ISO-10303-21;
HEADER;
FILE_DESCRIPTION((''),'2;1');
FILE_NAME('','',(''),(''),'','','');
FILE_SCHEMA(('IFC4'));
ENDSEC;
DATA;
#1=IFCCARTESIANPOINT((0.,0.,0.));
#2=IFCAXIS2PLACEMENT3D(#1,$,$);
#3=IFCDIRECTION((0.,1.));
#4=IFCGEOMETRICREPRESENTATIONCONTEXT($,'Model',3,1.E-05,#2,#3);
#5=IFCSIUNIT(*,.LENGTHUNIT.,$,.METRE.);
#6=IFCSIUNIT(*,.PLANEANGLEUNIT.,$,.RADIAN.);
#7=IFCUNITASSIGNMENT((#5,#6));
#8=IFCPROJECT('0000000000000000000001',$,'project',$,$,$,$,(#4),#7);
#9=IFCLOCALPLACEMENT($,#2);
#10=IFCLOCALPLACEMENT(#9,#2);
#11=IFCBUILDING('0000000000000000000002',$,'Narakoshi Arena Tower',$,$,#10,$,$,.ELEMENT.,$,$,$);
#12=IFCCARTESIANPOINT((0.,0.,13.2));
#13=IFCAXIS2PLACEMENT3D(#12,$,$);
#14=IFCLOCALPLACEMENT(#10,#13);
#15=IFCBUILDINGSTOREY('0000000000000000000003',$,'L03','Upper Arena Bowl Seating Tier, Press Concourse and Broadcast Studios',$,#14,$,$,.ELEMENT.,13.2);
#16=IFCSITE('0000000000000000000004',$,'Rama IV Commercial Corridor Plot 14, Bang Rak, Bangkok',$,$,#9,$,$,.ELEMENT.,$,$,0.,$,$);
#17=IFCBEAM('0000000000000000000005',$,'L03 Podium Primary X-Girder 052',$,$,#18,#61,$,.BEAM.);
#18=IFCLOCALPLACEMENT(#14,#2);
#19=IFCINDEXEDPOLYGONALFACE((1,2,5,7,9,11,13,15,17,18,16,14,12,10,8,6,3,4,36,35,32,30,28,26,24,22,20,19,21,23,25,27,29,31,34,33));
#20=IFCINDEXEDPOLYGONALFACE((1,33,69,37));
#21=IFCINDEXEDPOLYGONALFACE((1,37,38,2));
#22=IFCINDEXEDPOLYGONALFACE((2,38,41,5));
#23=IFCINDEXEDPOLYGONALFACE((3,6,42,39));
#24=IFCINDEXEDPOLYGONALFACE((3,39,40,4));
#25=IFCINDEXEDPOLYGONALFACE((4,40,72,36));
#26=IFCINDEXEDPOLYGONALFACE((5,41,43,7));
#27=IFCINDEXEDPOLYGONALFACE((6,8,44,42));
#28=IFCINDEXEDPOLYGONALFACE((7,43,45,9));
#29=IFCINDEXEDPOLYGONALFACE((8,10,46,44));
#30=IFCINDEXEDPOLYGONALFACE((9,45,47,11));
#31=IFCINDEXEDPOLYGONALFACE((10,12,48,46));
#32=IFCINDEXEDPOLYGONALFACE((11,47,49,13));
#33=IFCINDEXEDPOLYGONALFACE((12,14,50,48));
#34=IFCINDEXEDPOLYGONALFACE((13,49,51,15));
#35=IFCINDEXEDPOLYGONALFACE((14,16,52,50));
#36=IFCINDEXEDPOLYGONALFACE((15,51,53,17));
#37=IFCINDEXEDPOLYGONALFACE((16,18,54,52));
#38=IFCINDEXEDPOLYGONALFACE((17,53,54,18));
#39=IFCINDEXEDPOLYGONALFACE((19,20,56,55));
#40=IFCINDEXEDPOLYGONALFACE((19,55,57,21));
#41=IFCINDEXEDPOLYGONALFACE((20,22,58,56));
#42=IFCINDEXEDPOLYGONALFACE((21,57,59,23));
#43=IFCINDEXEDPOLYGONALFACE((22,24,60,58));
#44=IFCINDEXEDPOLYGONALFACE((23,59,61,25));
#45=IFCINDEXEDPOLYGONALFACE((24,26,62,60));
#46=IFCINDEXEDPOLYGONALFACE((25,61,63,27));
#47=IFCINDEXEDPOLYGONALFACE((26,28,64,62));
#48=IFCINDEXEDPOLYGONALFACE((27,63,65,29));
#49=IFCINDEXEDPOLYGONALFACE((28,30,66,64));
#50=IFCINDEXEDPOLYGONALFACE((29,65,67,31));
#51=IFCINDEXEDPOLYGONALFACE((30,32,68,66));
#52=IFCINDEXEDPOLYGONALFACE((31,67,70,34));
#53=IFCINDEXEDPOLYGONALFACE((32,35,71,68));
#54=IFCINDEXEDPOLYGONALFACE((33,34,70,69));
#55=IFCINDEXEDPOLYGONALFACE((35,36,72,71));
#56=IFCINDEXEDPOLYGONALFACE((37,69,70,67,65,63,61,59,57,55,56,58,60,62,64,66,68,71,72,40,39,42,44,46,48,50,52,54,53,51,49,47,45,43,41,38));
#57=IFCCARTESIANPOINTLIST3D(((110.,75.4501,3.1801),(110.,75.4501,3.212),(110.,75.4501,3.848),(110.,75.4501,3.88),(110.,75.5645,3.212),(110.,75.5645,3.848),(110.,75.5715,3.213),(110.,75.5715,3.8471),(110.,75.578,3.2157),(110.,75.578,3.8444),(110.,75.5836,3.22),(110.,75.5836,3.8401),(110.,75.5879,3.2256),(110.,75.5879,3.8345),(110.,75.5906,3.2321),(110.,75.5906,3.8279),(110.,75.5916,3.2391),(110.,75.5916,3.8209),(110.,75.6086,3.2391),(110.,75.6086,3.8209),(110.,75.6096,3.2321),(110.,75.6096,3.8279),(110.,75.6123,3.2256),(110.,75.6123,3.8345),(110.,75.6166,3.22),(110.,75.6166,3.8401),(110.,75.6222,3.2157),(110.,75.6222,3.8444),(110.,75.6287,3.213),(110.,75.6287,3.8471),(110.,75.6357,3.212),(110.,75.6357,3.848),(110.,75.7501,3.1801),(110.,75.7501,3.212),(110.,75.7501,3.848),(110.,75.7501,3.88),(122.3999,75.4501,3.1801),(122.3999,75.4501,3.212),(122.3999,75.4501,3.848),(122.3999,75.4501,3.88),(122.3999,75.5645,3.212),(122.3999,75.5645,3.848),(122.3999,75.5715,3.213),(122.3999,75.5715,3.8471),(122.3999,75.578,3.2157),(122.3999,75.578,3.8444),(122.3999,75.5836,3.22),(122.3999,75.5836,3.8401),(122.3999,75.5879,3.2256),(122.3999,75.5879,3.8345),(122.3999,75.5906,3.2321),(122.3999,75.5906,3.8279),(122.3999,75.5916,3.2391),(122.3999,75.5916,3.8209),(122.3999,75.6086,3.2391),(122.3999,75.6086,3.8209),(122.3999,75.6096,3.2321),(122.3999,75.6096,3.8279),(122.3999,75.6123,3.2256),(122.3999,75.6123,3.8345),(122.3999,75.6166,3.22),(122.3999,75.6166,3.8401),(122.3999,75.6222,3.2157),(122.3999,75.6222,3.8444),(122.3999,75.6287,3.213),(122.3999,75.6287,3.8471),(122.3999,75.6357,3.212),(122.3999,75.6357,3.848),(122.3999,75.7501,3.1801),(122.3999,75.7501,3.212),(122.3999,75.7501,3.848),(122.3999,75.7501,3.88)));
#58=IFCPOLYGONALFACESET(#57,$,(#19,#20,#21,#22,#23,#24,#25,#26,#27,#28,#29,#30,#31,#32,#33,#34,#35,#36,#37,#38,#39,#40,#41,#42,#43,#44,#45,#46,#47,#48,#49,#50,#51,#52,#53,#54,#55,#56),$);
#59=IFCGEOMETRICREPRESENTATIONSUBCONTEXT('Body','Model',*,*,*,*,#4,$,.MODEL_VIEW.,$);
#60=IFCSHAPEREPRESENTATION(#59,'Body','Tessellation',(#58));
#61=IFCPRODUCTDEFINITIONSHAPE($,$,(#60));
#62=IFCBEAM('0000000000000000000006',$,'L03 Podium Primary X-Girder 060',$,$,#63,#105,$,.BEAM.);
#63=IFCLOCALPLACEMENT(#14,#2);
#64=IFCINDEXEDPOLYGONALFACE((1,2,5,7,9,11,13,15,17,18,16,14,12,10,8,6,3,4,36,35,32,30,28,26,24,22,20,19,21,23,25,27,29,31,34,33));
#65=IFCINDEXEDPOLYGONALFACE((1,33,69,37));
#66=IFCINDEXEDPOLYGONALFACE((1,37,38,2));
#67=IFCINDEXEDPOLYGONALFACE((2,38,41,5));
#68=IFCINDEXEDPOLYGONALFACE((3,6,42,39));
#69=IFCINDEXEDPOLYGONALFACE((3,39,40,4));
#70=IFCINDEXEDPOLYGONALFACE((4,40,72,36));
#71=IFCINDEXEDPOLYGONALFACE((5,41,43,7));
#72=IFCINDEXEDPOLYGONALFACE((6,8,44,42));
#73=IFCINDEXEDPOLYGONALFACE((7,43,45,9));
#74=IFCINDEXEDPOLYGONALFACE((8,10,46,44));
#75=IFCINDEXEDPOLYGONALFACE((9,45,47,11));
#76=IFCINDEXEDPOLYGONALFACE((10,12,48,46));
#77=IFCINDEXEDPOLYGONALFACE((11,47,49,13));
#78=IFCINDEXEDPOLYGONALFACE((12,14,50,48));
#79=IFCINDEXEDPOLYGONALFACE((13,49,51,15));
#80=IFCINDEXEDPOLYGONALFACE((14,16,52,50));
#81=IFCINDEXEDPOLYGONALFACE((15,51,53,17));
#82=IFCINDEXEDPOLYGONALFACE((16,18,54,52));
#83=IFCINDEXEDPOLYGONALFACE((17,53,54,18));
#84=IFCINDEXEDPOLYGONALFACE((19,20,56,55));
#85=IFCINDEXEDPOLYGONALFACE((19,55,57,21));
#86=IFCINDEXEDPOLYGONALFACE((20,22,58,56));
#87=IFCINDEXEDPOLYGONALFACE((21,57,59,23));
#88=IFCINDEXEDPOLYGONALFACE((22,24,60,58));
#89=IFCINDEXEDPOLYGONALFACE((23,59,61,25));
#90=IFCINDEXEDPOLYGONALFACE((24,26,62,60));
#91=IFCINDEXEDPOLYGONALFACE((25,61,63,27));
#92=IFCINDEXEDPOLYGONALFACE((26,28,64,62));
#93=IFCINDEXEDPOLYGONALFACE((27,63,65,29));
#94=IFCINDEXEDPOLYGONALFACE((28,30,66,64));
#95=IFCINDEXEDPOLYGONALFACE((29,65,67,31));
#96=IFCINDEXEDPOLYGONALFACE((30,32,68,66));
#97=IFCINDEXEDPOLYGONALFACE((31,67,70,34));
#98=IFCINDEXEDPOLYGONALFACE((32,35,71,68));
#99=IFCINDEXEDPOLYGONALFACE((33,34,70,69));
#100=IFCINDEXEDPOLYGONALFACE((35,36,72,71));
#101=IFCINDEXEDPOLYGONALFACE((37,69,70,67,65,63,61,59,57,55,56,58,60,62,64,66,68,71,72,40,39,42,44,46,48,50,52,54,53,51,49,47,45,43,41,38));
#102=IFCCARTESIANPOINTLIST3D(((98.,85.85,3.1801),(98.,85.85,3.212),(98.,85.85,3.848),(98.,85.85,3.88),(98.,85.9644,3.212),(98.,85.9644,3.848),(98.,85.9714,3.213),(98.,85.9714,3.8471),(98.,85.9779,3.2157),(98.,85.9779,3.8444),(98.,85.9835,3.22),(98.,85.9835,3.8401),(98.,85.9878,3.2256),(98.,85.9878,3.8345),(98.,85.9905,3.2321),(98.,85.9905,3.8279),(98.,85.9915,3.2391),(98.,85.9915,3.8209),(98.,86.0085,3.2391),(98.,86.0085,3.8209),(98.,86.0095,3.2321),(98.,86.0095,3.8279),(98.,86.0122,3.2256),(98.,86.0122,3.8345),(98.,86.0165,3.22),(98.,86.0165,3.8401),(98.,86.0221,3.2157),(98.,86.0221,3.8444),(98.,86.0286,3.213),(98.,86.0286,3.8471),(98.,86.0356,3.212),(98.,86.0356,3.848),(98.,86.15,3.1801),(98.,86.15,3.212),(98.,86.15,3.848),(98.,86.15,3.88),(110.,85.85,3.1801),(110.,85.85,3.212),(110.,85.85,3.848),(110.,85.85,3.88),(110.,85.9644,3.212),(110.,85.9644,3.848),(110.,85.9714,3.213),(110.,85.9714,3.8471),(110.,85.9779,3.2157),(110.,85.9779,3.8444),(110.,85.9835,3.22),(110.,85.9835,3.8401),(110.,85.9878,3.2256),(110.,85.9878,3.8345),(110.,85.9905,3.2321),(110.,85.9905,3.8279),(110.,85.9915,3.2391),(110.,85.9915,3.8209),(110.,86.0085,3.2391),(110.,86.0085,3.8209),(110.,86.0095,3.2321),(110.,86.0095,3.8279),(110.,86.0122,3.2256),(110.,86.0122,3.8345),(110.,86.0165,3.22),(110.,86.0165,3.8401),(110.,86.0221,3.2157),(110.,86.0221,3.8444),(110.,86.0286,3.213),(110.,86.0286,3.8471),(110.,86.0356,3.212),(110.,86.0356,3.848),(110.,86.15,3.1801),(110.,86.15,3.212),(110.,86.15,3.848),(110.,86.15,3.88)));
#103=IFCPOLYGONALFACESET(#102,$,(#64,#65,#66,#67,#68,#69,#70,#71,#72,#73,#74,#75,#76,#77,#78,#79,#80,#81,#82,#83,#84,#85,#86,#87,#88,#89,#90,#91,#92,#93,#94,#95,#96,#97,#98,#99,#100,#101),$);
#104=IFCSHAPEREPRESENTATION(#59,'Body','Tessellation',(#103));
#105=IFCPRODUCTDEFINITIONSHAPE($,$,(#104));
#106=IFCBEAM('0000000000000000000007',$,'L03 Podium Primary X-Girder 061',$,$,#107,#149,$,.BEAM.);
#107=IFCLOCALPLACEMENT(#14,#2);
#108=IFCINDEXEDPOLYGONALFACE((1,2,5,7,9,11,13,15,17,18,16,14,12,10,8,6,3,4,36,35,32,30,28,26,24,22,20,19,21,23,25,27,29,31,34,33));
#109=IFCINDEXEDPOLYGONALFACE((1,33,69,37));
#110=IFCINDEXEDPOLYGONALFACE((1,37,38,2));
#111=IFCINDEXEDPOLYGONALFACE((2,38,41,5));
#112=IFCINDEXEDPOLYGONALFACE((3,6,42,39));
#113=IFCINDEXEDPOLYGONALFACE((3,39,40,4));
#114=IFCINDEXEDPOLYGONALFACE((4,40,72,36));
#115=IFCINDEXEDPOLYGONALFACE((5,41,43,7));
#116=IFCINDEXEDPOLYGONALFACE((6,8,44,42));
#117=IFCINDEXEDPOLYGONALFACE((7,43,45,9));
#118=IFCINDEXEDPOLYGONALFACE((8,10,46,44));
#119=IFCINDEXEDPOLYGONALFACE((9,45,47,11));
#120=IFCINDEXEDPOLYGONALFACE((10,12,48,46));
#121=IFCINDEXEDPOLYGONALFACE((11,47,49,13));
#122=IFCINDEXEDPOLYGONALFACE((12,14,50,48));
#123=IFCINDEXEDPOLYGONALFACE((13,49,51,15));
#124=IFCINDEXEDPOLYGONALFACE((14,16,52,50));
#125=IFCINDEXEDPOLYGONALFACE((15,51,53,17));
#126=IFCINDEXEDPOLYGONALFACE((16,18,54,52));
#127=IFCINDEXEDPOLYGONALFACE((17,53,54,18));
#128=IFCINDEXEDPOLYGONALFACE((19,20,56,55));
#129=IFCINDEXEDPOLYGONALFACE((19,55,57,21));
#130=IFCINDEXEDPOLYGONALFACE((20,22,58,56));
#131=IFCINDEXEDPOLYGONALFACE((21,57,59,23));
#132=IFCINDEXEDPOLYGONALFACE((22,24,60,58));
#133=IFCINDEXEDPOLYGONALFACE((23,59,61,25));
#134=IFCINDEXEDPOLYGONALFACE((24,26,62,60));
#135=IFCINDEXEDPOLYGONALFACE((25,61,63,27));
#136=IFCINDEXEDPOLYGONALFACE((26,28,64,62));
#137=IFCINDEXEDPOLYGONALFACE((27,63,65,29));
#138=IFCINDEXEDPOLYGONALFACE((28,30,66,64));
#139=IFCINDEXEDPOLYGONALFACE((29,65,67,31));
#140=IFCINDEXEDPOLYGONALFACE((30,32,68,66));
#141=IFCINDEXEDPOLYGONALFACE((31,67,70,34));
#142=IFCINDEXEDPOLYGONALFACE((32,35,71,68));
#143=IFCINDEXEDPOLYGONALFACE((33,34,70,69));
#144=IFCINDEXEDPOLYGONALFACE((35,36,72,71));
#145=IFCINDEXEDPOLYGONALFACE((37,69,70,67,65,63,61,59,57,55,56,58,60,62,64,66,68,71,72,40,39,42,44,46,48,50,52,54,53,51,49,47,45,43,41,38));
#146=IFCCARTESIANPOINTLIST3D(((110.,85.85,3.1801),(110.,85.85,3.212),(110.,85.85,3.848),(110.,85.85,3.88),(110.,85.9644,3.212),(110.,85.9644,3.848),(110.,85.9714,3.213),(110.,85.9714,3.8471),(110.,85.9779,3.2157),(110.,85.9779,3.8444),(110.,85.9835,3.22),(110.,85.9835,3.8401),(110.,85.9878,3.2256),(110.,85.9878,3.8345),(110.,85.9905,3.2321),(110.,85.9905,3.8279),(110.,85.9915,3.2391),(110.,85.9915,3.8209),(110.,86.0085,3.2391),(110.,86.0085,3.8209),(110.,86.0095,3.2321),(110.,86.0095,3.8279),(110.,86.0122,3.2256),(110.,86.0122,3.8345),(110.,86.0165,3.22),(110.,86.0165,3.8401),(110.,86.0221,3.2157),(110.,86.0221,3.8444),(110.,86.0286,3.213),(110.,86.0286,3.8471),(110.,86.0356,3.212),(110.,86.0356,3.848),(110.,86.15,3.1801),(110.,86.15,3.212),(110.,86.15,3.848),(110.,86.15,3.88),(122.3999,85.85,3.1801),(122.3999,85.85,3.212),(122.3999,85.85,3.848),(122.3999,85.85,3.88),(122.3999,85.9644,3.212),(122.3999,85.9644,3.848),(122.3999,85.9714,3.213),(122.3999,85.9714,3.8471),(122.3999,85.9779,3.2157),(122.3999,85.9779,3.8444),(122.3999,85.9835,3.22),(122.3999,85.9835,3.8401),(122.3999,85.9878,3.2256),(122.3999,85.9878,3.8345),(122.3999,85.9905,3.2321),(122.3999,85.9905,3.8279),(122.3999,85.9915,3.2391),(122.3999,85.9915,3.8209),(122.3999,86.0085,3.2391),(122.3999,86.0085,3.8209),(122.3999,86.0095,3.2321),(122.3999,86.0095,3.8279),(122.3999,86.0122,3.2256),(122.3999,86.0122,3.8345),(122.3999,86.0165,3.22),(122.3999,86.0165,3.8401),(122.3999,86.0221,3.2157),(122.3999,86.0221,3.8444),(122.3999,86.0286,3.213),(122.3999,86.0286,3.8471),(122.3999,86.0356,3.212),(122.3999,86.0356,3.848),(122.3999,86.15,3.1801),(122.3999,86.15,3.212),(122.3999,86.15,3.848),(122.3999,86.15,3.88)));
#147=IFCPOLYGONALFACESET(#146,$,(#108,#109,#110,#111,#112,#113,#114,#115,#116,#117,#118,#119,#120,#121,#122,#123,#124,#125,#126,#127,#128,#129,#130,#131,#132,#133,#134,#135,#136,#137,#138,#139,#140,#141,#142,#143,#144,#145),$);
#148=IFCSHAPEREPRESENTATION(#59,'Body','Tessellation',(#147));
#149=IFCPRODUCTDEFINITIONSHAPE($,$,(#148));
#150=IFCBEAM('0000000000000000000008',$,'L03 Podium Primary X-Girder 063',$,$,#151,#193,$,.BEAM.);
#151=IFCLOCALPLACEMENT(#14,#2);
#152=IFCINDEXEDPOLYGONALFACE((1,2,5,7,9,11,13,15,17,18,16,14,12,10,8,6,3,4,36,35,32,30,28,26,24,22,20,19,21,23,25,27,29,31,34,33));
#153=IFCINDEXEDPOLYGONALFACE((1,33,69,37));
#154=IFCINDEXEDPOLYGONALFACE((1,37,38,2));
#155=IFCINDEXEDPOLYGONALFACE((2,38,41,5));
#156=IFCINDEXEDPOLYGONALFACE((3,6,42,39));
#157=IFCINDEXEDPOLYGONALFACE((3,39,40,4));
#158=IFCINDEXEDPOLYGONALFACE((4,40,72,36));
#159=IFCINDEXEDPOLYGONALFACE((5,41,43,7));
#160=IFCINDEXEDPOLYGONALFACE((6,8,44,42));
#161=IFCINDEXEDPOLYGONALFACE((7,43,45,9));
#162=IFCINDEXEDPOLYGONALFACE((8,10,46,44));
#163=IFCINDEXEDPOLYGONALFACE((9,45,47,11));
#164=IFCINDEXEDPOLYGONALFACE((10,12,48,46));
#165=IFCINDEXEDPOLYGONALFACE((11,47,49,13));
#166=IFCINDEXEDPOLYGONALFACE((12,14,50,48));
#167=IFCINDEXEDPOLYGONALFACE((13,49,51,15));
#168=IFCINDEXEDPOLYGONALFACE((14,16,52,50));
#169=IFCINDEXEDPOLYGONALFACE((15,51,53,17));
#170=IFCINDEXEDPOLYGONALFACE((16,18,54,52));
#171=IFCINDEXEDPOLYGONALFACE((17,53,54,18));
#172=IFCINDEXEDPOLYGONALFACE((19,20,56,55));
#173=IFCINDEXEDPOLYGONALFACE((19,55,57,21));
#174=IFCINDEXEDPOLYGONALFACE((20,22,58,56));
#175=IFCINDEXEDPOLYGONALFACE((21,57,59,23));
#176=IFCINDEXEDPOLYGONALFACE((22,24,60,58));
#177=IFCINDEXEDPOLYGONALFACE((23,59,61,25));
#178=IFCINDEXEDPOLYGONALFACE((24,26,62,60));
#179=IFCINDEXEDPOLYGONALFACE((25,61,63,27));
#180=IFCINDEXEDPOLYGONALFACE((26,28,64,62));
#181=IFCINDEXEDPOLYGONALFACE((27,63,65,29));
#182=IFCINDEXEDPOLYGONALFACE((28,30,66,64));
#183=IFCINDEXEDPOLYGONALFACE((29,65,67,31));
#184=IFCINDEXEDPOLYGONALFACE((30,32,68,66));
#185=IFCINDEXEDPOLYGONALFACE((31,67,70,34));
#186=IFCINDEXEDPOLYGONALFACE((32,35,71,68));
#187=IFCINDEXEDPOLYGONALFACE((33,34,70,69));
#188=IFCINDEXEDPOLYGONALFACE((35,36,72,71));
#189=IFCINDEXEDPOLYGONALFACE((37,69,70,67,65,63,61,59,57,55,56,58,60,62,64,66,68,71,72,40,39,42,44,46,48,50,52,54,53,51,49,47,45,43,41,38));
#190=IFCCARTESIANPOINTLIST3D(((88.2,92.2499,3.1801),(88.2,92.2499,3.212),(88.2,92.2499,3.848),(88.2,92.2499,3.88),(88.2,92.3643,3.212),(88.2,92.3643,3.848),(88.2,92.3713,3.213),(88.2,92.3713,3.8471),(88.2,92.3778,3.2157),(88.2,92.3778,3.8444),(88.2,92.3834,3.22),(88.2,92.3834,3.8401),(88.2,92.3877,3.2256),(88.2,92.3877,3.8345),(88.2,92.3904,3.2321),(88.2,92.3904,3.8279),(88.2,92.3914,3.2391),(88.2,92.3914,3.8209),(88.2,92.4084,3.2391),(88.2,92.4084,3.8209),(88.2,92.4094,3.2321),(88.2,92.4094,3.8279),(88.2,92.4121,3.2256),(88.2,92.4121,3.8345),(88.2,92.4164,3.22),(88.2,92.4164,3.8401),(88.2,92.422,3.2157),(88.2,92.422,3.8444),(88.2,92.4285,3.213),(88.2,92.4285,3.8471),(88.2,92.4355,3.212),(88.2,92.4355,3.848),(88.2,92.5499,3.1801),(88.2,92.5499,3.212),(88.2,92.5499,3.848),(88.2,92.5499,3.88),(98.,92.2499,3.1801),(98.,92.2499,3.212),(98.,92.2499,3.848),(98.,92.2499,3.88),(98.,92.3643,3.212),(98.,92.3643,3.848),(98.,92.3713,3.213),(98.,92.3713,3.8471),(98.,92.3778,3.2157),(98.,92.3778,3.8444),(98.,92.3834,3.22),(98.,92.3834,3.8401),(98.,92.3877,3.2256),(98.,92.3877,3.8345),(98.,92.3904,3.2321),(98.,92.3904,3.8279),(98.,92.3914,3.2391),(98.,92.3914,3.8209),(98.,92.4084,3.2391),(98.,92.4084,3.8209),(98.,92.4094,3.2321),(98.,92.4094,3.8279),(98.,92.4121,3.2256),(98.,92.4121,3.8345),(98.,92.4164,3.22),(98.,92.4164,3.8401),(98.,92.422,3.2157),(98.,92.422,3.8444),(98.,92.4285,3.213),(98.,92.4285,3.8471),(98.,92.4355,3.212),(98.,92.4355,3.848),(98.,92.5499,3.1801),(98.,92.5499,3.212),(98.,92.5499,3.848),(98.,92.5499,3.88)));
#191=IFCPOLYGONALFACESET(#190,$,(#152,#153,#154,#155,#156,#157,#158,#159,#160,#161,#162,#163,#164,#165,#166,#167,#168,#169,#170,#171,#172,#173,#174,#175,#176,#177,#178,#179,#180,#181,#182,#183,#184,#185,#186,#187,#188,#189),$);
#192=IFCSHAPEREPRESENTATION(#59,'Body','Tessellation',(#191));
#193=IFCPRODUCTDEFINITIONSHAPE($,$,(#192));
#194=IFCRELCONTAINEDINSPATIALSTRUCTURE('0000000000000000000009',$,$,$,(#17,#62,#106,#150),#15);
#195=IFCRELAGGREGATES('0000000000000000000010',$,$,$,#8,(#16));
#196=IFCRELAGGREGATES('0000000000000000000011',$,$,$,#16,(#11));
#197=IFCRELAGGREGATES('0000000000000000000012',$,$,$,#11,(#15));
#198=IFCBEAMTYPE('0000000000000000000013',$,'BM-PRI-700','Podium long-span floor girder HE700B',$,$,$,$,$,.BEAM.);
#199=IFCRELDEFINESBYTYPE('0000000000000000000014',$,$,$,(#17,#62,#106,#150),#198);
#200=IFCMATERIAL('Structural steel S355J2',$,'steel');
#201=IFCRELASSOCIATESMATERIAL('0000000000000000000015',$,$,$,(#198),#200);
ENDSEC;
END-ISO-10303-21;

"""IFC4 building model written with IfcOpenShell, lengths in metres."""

from ifc_helpers import new_model, si_unit, direction, frame, origin, origin_2d, place, context, subcontext, project, spatial, i_section, extrude, material, material_profile, profile_set, type_object, element, save


model = new_model("IFC4")

# Units and contexts
model_context = context("Model", 3, precision=1e-05, world=origin(), true_north=direction((0.0, 1.0)))
body_context = subcontext(model_context, "Body", "Model", "MODEL_VIEW")
ifc_project = project(units=[si_unit("LENGTHUNIT", "METRE"), si_unit("PLANEANGLEUNIT", "RADIAN")], contexts=[model_context])

# Site, building, storey
site_placement = place(None, origin())
site = spatial("IfcSite", under=ifc_project, at=site_placement, Name="Rama IV Commercial Corridor Plot 14, Bang Rak, Bangkok", CompositionType="ELEMENT", RefElevation=0.0)
building_placement = place(site_placement, origin())
building = spatial("IfcBuilding", under=site, at=building_placement, Name="Narakoshi Arena Tower", CompositionType="ELEMENT")
storey_placement = place(building_placement, frame((0.0, 0.0, 13.2)))
storey = spatial("IfcBuildingStorey", under=building, at=storey_placement, Name="L03", Description="Upper Arena Bowl Seating Tier, Press Concourse and Broadcast Studios", CompositionType="ELEMENT", Elevation=13.2)

# Beams
ifc_material_1 = material(Name="Structural steel S355J2", Category="steel")
ifc_material_profile_1 = material_profile(ifc_material_1, i_section(OverallWidth=0.3, OverallDepth=0.7, WebThickness=0.0171, FlangeThickness=0.032, FilletRadius=0.0271, at=origin_2d()), Name="HE700B")
ifc_profile_set_1 = profile_set([ifc_material_profile_1], Name="Structural steel S355J2")
beam_type_1 = type_object("IfcBeamType", Name="BM-PRI-700", Description="Podium long-span floor girder HE700B", PredefinedType="BEAM", material=ifc_profile_set_1)
beam_1_placement = place(storey_placement, frame((110.0, 75.6001, 3.53), z_axis=(1.0, 0.0, 0.0), x_axis=(0.0, 1.0, 0.0)))
element("IfcBeam", 1, at=beam_1_placement, inside=storey, type_object=beam_type_1, Name="L03 Podium Primary X-Girder 052", PredefinedType="BEAM", context=body_context, shape_type="SweptSolid", body=[
    extrude(i_section(OverallWidth=0.3, OverallDepth=0.7, WebThickness=0.0171, FlangeThickness=0.032, FilletRadius=0.0271, at=origin_2d()), origin(), (0.0, 0.0, 1.0), 12.3999),
])
beam_2_placement = place(storey_placement, frame((98.0, 86.0, 3.53), z_axis=(1.0, 0.0, 0.0), x_axis=(0.0, 1.0, 0.0)))
element("IfcBeam", 2, at=beam_2_placement, inside=storey, type_object=beam_type_1, Name="L03 Podium Primary X-Girder 060", PredefinedType="BEAM", context=body_context, shape_type="SweptSolid", body=[
    extrude(i_section(OverallWidth=0.3, OverallDepth=0.7, WebThickness=0.0171, FlangeThickness=0.032, FilletRadius=0.0271, at=origin_2d()), origin(), (0.0, 0.0, 1.0), 12.0),
])
beam_3_placement = place(storey_placement, frame((110.0, 86.0, 3.53), z_axis=(1.0, 0.0, 0.0), x_axis=(0.0, 1.0, 0.0)))
element("IfcBeam", 3, at=beam_3_placement, inside=storey, type_object=beam_type_1, Name="L03 Podium Primary X-Girder 061", PredefinedType="BEAM", context=body_context, shape_type="SweptSolid", body=[
    extrude(i_section(OverallWidth=0.3, OverallDepth=0.7, WebThickness=0.0171, FlangeThickness=0.032, FilletRadius=0.0271, at=origin_2d()), origin(), (0.0, 0.0, 1.0), 12.3999),
])
beam_4_placement = place(storey_placement, frame((88.2, 92.3999, 3.53), z_axis=(1.0, 0.0, 0.0), x_axis=(0.0, 1.0, 0.0)))
element("IfcBeam", 4, at=beam_4_placement, inside=storey, type_object=beam_type_1, Name="L03 Podium Primary X-Girder 063", PredefinedType="BEAM", context=body_context, shape_type="SweptSolid", body=[
    extrude(i_section(OverallWidth=0.3, OverallDepth=0.7, WebThickness=0.0171, FlangeThickness=0.032, FilletRadius=0.0271, at=origin_2d()), origin(), (0.0, 0.0, 1.0), 9.8),
])

save(model, "model.ifc")
